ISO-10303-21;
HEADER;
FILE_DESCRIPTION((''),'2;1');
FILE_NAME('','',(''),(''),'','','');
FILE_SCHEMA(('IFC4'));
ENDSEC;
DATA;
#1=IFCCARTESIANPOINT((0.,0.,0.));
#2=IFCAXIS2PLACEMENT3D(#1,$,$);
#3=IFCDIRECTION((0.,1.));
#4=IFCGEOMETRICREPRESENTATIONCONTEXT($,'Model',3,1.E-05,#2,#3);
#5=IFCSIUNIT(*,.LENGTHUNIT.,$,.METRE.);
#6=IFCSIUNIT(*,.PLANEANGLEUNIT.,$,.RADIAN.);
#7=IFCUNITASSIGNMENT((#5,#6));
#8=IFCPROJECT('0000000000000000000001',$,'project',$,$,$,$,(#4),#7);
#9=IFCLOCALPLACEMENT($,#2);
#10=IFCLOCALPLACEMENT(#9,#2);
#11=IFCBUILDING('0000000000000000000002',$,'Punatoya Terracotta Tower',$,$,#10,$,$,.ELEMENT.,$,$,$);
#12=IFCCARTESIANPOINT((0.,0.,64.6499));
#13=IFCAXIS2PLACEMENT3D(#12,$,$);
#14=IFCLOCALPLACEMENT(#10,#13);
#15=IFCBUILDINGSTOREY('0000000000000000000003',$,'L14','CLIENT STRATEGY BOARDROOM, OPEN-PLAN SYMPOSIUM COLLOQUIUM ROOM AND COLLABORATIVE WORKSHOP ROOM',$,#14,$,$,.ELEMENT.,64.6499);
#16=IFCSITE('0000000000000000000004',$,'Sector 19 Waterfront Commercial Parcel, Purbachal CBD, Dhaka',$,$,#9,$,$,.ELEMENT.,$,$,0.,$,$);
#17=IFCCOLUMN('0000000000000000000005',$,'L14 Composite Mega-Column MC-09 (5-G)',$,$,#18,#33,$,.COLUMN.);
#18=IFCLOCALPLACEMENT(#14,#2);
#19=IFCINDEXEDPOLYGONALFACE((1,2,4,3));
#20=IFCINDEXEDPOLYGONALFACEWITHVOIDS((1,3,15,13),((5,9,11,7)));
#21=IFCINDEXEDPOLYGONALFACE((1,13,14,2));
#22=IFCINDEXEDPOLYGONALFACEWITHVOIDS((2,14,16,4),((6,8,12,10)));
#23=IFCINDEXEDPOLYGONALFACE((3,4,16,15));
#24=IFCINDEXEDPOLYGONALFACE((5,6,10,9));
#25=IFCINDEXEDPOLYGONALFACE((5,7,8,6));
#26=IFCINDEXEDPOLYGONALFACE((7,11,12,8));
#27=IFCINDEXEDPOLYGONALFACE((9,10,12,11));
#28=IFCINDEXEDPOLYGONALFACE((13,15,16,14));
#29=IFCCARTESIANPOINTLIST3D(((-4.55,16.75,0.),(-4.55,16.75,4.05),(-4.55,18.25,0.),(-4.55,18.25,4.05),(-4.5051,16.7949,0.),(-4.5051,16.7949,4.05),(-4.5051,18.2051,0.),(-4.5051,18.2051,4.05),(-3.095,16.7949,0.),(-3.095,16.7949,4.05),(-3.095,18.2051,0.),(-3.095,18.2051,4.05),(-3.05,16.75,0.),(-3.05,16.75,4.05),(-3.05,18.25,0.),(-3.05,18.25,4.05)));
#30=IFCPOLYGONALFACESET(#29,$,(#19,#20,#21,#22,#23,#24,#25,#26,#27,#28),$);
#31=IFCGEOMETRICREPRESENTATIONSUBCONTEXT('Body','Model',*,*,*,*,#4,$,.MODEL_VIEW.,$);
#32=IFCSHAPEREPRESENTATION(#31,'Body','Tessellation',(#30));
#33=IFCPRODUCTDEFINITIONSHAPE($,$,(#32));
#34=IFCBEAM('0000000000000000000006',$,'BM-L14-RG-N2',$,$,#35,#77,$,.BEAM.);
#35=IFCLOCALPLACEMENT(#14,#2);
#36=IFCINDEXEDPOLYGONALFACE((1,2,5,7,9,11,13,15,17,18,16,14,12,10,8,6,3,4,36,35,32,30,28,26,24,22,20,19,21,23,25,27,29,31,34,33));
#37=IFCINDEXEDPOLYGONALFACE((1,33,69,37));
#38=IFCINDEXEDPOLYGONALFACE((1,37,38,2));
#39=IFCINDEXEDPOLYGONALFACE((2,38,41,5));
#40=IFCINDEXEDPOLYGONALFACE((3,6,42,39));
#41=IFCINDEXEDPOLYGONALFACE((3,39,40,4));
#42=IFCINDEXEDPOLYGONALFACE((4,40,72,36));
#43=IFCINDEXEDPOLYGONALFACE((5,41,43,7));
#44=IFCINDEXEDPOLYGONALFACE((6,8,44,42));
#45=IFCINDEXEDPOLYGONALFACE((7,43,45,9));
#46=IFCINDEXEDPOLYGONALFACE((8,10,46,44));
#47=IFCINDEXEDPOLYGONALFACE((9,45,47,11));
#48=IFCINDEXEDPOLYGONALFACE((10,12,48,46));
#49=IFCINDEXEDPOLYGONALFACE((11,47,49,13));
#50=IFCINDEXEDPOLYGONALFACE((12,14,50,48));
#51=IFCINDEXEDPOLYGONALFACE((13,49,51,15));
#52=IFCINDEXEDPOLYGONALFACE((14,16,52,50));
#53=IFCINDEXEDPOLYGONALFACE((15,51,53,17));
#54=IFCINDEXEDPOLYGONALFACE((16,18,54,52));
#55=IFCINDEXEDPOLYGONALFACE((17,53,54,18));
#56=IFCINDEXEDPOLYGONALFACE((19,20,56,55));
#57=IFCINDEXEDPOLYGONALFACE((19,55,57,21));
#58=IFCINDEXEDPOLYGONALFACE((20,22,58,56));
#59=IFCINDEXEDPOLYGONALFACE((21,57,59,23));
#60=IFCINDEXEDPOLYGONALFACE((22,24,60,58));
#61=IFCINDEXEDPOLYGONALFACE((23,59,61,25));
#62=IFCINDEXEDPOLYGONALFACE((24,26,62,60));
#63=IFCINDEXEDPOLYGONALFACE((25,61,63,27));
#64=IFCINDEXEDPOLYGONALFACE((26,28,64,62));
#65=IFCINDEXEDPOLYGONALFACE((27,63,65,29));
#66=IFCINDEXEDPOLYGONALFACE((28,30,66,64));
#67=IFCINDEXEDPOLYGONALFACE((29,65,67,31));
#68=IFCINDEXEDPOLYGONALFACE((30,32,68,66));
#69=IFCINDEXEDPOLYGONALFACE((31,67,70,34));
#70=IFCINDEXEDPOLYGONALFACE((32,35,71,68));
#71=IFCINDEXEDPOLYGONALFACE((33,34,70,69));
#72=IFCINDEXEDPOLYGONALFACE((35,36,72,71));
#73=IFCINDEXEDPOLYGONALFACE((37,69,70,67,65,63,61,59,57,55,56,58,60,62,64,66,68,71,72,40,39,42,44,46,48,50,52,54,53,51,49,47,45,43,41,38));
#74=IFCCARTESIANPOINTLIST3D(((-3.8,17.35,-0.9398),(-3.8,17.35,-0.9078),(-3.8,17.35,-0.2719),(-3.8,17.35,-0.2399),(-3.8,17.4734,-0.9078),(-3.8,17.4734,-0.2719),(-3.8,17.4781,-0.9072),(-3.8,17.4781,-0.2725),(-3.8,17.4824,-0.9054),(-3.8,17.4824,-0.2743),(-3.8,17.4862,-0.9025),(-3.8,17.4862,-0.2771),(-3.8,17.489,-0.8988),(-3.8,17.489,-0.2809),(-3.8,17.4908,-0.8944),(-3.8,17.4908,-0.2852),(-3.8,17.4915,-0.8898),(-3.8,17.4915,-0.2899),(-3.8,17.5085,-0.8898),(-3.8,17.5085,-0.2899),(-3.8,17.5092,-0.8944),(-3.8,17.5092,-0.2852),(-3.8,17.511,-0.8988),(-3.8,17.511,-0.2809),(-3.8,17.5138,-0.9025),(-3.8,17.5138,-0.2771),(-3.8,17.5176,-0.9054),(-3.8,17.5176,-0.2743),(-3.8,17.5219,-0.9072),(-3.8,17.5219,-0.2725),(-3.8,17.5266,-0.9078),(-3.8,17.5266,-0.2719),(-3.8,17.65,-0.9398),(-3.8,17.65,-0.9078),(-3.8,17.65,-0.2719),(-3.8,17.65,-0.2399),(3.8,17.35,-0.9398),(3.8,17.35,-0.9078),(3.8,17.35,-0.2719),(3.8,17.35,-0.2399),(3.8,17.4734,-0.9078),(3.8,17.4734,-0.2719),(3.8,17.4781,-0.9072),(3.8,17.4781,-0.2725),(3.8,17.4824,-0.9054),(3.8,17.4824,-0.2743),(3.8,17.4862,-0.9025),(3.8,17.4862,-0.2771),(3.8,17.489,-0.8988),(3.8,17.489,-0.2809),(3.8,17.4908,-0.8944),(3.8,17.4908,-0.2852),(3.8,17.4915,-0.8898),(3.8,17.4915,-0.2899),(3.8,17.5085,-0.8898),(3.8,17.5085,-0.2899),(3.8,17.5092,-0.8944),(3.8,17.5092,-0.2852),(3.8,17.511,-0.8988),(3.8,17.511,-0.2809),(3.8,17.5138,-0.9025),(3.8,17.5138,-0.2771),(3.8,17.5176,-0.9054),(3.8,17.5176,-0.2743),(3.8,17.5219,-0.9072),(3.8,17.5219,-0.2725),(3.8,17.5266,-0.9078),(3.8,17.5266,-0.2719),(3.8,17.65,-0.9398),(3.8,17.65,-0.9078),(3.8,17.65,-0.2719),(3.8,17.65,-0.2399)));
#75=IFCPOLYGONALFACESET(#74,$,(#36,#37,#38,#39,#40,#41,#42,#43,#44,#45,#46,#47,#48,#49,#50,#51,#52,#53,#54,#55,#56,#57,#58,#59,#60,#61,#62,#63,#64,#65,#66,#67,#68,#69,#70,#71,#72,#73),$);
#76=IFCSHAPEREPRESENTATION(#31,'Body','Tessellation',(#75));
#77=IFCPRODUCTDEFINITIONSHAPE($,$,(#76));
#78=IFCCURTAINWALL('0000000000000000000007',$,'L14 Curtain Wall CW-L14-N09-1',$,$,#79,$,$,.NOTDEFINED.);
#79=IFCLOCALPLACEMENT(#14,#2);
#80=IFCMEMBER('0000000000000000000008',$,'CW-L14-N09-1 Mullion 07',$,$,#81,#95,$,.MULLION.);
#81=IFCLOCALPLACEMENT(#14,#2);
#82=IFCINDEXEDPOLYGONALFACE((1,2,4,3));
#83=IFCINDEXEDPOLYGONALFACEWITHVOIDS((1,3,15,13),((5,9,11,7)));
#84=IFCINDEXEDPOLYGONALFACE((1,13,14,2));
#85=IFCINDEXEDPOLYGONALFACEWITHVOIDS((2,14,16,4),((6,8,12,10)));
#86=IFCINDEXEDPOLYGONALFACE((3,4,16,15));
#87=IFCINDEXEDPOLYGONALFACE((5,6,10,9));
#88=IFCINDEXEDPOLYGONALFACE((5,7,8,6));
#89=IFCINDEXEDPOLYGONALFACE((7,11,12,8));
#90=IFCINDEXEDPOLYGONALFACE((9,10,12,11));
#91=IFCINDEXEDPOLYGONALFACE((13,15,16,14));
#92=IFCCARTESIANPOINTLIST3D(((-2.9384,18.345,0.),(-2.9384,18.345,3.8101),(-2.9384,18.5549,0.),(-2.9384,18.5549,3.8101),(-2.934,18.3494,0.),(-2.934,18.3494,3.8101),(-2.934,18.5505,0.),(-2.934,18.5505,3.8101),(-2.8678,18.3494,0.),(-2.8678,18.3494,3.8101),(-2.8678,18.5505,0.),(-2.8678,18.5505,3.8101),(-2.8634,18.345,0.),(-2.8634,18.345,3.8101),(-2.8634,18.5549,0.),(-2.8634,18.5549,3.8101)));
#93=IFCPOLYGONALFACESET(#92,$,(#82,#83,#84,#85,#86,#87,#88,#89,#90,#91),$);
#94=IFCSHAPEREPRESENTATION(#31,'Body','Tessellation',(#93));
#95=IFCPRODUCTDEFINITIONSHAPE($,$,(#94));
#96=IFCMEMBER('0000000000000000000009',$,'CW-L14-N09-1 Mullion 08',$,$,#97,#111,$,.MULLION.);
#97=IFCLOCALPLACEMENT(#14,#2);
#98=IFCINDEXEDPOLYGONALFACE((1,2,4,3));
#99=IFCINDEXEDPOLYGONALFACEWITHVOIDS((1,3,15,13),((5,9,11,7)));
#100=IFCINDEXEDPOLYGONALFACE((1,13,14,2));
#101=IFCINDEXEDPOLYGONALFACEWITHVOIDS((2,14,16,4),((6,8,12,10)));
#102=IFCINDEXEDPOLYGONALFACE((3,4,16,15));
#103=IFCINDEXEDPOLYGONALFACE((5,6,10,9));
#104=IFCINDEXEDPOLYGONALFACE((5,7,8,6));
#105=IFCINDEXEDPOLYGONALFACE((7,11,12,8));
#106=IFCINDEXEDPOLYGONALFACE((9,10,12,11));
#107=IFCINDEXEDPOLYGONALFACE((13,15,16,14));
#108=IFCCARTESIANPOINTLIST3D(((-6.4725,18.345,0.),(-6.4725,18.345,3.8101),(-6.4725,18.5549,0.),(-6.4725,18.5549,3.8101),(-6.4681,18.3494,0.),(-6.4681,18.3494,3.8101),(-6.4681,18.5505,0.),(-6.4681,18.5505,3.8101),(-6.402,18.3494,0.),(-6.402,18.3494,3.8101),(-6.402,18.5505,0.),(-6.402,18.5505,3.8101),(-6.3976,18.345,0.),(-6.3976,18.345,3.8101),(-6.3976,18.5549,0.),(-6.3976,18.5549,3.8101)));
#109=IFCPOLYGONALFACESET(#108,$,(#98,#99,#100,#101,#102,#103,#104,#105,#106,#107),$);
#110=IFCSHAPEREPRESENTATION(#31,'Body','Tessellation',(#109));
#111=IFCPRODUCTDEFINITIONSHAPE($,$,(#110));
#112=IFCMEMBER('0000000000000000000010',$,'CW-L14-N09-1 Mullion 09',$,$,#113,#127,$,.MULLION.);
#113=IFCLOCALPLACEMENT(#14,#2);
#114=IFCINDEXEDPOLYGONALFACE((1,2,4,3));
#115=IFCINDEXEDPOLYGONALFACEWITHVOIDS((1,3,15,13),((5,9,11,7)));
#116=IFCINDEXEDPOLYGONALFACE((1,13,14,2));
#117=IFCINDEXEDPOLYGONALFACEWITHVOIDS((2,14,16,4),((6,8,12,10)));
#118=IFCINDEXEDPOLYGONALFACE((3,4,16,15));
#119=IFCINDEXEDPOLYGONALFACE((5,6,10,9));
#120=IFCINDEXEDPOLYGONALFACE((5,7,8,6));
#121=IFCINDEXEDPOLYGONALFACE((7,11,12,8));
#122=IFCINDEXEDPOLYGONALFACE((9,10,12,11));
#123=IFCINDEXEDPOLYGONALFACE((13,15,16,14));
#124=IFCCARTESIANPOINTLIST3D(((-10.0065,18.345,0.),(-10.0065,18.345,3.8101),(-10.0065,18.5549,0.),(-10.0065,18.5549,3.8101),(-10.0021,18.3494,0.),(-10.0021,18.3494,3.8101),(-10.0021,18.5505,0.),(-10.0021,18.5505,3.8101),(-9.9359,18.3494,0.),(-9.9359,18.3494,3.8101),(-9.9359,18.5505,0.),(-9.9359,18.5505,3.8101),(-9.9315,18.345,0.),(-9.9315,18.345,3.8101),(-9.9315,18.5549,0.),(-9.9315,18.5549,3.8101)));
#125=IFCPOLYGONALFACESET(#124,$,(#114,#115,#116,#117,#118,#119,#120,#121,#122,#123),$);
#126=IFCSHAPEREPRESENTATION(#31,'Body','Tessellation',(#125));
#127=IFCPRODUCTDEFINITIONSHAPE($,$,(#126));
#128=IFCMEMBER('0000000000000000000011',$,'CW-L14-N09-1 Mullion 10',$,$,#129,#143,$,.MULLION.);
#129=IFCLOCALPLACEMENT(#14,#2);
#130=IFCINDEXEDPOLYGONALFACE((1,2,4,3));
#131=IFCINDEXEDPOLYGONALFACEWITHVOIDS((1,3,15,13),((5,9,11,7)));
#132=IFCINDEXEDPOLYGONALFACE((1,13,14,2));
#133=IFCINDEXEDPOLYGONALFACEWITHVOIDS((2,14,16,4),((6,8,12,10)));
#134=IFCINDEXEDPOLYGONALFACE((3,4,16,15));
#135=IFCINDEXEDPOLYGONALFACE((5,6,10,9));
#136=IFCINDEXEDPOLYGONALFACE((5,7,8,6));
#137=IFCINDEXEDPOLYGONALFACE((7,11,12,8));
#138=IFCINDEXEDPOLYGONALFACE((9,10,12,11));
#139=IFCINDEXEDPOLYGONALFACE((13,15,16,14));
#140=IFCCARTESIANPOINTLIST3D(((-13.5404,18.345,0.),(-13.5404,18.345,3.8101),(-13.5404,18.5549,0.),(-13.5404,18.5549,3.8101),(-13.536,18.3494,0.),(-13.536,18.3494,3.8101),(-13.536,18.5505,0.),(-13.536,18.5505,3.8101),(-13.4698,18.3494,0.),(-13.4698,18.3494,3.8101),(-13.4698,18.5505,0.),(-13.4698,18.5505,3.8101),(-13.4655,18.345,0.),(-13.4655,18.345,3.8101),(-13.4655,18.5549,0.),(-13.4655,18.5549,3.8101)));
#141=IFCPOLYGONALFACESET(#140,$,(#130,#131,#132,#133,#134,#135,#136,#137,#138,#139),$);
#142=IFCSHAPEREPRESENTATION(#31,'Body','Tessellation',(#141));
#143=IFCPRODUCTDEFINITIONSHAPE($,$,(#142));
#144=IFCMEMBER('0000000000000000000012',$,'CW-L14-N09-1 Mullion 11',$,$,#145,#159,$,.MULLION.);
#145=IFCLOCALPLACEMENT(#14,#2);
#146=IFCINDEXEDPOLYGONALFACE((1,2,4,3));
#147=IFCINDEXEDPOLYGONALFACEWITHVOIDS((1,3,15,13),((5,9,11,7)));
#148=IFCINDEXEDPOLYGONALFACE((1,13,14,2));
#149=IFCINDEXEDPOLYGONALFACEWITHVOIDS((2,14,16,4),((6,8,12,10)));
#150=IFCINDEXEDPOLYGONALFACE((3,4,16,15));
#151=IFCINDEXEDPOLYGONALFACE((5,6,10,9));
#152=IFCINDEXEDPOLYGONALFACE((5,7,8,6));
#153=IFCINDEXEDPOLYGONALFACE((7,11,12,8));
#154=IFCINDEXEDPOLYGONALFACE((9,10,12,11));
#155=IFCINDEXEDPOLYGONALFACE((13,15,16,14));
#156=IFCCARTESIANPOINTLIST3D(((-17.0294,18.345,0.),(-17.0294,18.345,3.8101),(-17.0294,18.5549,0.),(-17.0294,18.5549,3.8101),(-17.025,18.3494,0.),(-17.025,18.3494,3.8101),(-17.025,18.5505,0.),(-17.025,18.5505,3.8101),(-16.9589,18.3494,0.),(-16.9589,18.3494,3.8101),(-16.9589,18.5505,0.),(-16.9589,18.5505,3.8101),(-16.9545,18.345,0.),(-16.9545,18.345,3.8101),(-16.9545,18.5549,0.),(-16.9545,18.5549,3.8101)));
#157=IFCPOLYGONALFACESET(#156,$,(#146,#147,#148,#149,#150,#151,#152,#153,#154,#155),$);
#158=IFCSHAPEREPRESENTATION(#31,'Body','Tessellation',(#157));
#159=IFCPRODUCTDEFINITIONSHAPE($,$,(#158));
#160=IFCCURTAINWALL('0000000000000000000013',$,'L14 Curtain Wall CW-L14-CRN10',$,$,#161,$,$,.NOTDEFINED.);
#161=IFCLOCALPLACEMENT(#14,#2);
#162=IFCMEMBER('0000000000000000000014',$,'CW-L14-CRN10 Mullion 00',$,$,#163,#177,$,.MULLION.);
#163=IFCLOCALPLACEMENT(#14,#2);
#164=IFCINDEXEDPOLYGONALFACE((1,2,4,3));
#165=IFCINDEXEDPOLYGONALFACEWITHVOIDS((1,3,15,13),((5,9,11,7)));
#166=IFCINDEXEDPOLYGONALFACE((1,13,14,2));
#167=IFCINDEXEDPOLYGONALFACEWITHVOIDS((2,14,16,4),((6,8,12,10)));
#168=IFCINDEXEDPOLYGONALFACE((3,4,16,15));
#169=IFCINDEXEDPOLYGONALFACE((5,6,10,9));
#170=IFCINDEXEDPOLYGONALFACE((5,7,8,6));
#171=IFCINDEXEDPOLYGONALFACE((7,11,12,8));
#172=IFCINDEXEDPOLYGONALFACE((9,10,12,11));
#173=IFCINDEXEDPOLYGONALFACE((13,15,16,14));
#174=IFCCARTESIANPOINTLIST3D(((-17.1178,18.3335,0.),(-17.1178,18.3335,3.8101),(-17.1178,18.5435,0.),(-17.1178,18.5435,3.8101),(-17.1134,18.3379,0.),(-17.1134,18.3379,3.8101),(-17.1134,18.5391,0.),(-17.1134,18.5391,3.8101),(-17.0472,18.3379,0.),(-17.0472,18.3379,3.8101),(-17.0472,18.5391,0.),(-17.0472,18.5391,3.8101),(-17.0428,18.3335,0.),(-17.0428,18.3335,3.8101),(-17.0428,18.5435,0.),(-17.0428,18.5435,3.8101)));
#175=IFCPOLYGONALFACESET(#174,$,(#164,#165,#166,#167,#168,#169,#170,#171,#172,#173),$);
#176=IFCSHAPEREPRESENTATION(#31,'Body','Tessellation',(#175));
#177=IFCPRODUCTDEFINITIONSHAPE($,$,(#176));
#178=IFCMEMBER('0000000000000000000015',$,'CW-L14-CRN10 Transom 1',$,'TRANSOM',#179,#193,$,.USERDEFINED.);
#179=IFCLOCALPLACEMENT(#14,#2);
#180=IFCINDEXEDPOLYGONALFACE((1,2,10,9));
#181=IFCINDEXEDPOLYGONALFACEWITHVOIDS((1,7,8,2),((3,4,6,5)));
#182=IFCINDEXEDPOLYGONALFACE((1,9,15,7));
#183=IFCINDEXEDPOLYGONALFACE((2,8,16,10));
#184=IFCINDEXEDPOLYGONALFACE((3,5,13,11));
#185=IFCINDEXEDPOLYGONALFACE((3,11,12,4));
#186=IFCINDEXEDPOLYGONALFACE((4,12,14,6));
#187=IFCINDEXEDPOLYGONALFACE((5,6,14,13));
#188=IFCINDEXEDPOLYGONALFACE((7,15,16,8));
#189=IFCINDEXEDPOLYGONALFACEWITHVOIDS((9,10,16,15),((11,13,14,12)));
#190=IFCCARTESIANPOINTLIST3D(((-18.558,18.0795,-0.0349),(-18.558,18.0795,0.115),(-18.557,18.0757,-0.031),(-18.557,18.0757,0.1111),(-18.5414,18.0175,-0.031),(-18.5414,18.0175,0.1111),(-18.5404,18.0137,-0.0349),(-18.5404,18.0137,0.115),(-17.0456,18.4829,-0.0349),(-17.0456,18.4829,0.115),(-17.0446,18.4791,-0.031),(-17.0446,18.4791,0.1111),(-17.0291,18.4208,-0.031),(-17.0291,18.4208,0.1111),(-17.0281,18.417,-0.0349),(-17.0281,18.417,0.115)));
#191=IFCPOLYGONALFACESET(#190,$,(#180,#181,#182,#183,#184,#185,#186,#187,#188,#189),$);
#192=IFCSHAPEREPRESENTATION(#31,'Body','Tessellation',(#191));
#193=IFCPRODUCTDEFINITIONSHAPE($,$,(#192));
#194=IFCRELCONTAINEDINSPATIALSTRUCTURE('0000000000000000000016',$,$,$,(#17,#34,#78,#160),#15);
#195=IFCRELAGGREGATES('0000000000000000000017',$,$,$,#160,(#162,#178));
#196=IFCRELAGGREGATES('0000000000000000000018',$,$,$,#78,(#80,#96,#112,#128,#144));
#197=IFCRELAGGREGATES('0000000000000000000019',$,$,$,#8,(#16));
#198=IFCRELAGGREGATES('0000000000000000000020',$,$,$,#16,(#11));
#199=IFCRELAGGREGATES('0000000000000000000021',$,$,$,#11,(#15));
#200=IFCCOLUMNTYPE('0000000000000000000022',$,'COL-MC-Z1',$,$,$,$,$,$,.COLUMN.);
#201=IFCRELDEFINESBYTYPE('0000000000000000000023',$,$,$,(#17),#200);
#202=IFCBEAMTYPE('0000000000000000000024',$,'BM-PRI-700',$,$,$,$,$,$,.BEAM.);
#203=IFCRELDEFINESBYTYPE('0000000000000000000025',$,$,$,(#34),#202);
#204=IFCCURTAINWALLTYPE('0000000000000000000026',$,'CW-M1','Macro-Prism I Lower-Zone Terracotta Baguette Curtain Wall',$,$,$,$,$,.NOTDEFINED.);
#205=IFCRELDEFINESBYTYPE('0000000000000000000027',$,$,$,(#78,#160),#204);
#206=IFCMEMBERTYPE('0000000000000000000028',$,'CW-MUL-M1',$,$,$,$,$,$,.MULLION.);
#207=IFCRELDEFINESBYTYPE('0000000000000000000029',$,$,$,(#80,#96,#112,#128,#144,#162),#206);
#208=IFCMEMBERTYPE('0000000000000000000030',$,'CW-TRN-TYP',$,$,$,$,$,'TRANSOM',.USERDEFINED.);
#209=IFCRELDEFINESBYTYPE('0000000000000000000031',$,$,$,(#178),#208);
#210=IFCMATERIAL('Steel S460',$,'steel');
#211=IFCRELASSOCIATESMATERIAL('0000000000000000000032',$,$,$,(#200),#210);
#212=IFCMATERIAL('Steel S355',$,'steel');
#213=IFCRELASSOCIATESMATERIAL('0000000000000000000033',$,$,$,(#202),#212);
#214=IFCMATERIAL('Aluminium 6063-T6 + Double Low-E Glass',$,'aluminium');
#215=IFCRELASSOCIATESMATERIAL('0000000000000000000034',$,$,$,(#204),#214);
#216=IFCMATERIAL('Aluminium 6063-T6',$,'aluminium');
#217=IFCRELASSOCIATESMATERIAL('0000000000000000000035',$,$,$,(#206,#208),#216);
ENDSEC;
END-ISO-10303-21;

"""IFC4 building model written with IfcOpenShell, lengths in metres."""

from ifc_helpers import new_model, si_unit, direction, frame, origin, origin_2d, place, context, subcontext, project, spatial, hollow_rectangle, i_section, extrude, material, material_profile, profile_set, type_object, element, aggregate, save


model = new_model("IFC4")

# Units and contexts
model_context = context("Model", 3, precision=1e-05, world=origin(), true_north=direction((0.0, 1.0)))
body_context = subcontext(model_context, "Body", "Model", "MODEL_VIEW")
ifc_project = project(units=[si_unit("LENGTHUNIT", "METRE"), si_unit("PLANEANGLEUNIT", "RADIAN")], contexts=[model_context])

# Site, building, storey
site_placement = place(None, origin())
site = spatial("IfcSite", under=ifc_project, at=site_placement, Name="Sector 19 Waterfront Commercial Parcel, Purbachal CBD, Dhaka", CompositionType="ELEMENT", RefElevation=0.0)
building_placement = place(site_placement, origin())
building = spatial("IfcBuilding", under=site, at=building_placement, Name="Punatoya Terracotta Tower", CompositionType="ELEMENT")
storey_placement = place(building_placement, frame((0.0, 0.0, 64.6499)))
storey = spatial("IfcBuildingStorey", under=building, at=storey_placement, Name="L14", Description="CLIENT STRATEGY BOARDROOM, OPEN-PLAN SYMPOSIUM COLLOQUIUM ROOM AND COLLABORATIVE WORKSHOP ROOM", CompositionType="ELEMENT", Elevation=64.6499)

# Column
ifc_material_1 = material(Name="Steel S460", Category="steel")
ifc_material_profile_1 = material_profile(ifc_material_1, hollow_rectangle(XDim=1.5, YDim=1.5, WallThickness=0.0449, at=origin_2d()))
ifc_profile_set_1 = profile_set([ifc_material_profile_1], Name="Steel S460")
column_type = type_object("IfcColumnType", Name="COL-MC-Z1", PredefinedType="COLUMN", material=ifc_profile_set_1)
column_placement = place(storey_placement, frame((-3.8, 17.5, 0.0), z_axis=(0.0, 0.0, 1.0), x_axis=(1.0, 0.0, 0.0)))
element("IfcColumn", 1, at=column_placement, inside=storey, type_object=column_type, Name="L14 Composite Mega-Column MC-09 (5-G)", PredefinedType="COLUMN", context=body_context, shape_type="SweptSolid", body=[
    extrude(hollow_rectangle(XDim=1.5, YDim=1.5, WallThickness=0.0449, at=origin_2d()), origin(), (0.0, 0.0, 1.0), 4.05),
])

# Beam
ifc_material_2 = material(Name="Steel S355", Category="steel")
ifc_material_profile_2 = material_profile(ifc_material_2, i_section(OverallWidth=0.3, OverallDepth=0.7, WebThickness=0.0171, FlangeThickness=0.032, FilletRadius=0.0181, at=origin_2d()))
ifc_profile_set_2 = profile_set([ifc_material_profile_2], Name="Steel S355")
beam_type = type_object("IfcBeamType", Name="BM-PRI-700", PredefinedType="BEAM", material=ifc_profile_set_2)
beam_placement = place(storey_placement, frame((-3.8, 17.5, -0.5898), z_axis=(1.0, 0.0, 0.0), x_axis=(0.0, 1.0, 0.0)))
element("IfcBeam", 2, at=beam_placement, inside=storey, type_object=beam_type, Name="BM-L14-RG-N2", PredefinedType="BEAM", context=body_context, shape_type="SweptSolid", body=[
    extrude(i_section(OverallWidth=0.3, OverallDepth=0.7, WebThickness=0.0171, FlangeThickness=0.032, FilletRadius=0.0181, at=origin_2d()), origin(), (0.0, 0.0, 1.0), 7.6001),
])

# Curtain walls, members
ifc_material_3 = material(Name="Aluminium 6063-T6 + Double Low-E Glass", Category="aluminium")
curtain_wall_type = type_object("IfcCurtainWallType", Name="CW-M1", Description="Macro-Prism I Lower-Zone Terracotta Baguette Curtain Wall", PredefinedType="NOTDEFINED", material=ifc_material_3)
curtain_wall_1_placement = place(storey_placement, origin())
curtain_wall_1 = element("IfcCurtainWall", 3, at=curtain_wall_1_placement, inside=storey, type_object=curtain_wall_type, Name="L14 Curtain Wall CW-L14-N09-1", PredefinedType="NOTDEFINED")
ifc_material_4 = material(Name="Aluminium 6063-T6", Category="aluminium")
ifc_material_profile_3 = material_profile(ifc_material_4, hollow_rectangle(XDim=0.075, YDim=0.21, WallThickness=0.0044, at=origin_2d()))
ifc_profile_set_3 = profile_set([ifc_material_profile_3], Name="Aluminium 6063-T6")
member_type_1 = type_object("IfcMemberType", Name="CW-MUL-M1", PredefinedType="MULLION", material=ifc_profile_set_3)
member_1_placement = place(storey_placement, frame((-2.9009, 18.45, 0.0), z_axis=(0.0, 0.0, 1.0), x_axis=(1.0, 0.0, 0.0)))
member_1 = element("IfcMember", 4, at=member_1_placement, type_object=member_type_1, Name="CW-L14-N09-1 Mullion 07", PredefinedType="MULLION", context=body_context, shape_type="SweptSolid", body=[
    extrude(hollow_rectangle(XDim=0.075, YDim=0.21, WallThickness=0.0044, at=origin_2d()), origin(), (0.0, 0.0, 1.0), 3.8101),
])
member_2_placement = place(storey_placement, frame((-6.4351, 18.45, 0.0), z_axis=(0.0, 0.0, 1.0), x_axis=(1.0, 0.0, 0.0)))
member_2 = element("IfcMember", 5, at=member_2_placement, type_object=member_type_1, Name="CW-L14-N09-1 Mullion 08", PredefinedType="MULLION", context=body_context, shape_type="SweptSolid", body=[
    extrude(hollow_rectangle(XDim=0.075, YDim=0.21, WallThickness=0.0044, at=origin_2d()), origin(), (0.0, 0.0, 1.0), 3.8101),
])
member_3_placement = place(storey_placement, frame((-9.969, 18.45, 0.0), z_axis=(0.0, 0.0, 1.0), x_axis=(1.0, 0.0, 0.0)))
member_3 = element("IfcMember", 6, at=member_3_placement, type_object=member_type_1, Name="CW-L14-N09-1 Mullion 09", PredefinedType="MULLION", context=body_context, shape_type="SweptSolid", body=[
    extrude(hollow_rectangle(XDim=0.075, YDim=0.21, WallThickness=0.0044, at=origin_2d()), origin(), (0.0, 0.0, 1.0), 3.8101),
])
member_4_placement = place(storey_placement, frame((-13.5029, 18.45, 0.0), z_axis=(0.0, 0.0, 1.0), x_axis=(1.0, 0.0, 0.0)))
member_4 = element("IfcMember", 7, at=member_4_placement, type_object=member_type_1, Name="CW-L14-N09-1 Mullion 10", PredefinedType="MULLION", context=body_context, shape_type="SweptSolid", body=[
    extrude(hollow_rectangle(XDim=0.075, YDim=0.21, WallThickness=0.0044, at=origin_2d()), origin(), (0.0, 0.0, 1.0), 3.8101),
])
member_5_placement = place(storey_placement, frame((-16.9919, 18.45, 0.0), z_axis=(0.0, 0.0, 1.0), x_axis=(1.0, 0.0, 0.0)))
member_5 = element("IfcMember", 8, at=member_5_placement, type_object=member_type_1, Name="CW-L14-N09-1 Mullion 11", PredefinedType="MULLION", context=body_context, shape_type="SweptSolid", body=[
    extrude(hollow_rectangle(XDim=0.075, YDim=0.21, WallThickness=0.0044, at=origin_2d()), origin(), (0.0, 0.0, 1.0), 3.8101),
])
curtain_wall_2_placement = place(storey_placement, origin())
curtain_wall_2 = element("IfcCurtainWall", 9, at=curtain_wall_2_placement, inside=storey, type_object=curtain_wall_type, Name="L14 Curtain Wall CW-L14-CRN10", PredefinedType="NOTDEFINED")
member_6_placement = place(storey_placement, frame((-17.0803, 18.4385, 0.0), z_axis=(0.0, 0.0, 1.0), x_axis=(1.0, 0.0, 0.0)))
member_6 = element("IfcMember", 10, at=member_6_placement, type_object=member_type_1, Name="CW-L14-CRN10 Mullion 00", PredefinedType="MULLION", context=body_context, shape_type="SweptSolid", body=[
    extrude(hollow_rectangle(XDim=0.075, YDim=0.21, WallThickness=0.0044, at=origin_2d()), origin(), (0.0, 0.0, 1.0), 3.8101),
])
ifc_material_profile_4 = material_profile(ifc_material_4, hollow_rectangle(XDim=0.0681, YDim=0.1499, WallThickness=0.0039, at=origin_2d()))
ifc_profile_set_4 = profile_set([ifc_material_profile_4], Name="Aluminium 6063-T6")
member_type_2 = type_object("IfcMemberType", Name="CW-TRN-TYP", ElementType="TRANSOM", PredefinedType="USERDEFINED", material=ifc_profile_set_4)
member_7_placement = place(storey_placement, frame((-17.0369, 18.45, 0.04), z_axis=(-0.966225, -0.257701, 0.0), x_axis=(0.257701, -0.966225, 0.0)))
member_7 = element("IfcMember", 11, at=member_7_placement, type_object=member_type_2, Name="CW-L14-CRN10 Transom 1", ObjectType="TRANSOM", PredefinedType="USERDEFINED", context=body_context, shape_type="SweptSolid", body=[
    extrude(hollow_rectangle(XDim=0.0681, YDim=0.1499, WallThickness=0.0039, at=origin_2d()), origin(), (0.0, 0.0, 1.0), 1.5652),
])
aggregate(curtain_wall_2, [member_6, member_7])

aggregate(curtain_wall_1, [member_1, member_2, member_3, member_4, member_5])

save(model, "model.ifc")
